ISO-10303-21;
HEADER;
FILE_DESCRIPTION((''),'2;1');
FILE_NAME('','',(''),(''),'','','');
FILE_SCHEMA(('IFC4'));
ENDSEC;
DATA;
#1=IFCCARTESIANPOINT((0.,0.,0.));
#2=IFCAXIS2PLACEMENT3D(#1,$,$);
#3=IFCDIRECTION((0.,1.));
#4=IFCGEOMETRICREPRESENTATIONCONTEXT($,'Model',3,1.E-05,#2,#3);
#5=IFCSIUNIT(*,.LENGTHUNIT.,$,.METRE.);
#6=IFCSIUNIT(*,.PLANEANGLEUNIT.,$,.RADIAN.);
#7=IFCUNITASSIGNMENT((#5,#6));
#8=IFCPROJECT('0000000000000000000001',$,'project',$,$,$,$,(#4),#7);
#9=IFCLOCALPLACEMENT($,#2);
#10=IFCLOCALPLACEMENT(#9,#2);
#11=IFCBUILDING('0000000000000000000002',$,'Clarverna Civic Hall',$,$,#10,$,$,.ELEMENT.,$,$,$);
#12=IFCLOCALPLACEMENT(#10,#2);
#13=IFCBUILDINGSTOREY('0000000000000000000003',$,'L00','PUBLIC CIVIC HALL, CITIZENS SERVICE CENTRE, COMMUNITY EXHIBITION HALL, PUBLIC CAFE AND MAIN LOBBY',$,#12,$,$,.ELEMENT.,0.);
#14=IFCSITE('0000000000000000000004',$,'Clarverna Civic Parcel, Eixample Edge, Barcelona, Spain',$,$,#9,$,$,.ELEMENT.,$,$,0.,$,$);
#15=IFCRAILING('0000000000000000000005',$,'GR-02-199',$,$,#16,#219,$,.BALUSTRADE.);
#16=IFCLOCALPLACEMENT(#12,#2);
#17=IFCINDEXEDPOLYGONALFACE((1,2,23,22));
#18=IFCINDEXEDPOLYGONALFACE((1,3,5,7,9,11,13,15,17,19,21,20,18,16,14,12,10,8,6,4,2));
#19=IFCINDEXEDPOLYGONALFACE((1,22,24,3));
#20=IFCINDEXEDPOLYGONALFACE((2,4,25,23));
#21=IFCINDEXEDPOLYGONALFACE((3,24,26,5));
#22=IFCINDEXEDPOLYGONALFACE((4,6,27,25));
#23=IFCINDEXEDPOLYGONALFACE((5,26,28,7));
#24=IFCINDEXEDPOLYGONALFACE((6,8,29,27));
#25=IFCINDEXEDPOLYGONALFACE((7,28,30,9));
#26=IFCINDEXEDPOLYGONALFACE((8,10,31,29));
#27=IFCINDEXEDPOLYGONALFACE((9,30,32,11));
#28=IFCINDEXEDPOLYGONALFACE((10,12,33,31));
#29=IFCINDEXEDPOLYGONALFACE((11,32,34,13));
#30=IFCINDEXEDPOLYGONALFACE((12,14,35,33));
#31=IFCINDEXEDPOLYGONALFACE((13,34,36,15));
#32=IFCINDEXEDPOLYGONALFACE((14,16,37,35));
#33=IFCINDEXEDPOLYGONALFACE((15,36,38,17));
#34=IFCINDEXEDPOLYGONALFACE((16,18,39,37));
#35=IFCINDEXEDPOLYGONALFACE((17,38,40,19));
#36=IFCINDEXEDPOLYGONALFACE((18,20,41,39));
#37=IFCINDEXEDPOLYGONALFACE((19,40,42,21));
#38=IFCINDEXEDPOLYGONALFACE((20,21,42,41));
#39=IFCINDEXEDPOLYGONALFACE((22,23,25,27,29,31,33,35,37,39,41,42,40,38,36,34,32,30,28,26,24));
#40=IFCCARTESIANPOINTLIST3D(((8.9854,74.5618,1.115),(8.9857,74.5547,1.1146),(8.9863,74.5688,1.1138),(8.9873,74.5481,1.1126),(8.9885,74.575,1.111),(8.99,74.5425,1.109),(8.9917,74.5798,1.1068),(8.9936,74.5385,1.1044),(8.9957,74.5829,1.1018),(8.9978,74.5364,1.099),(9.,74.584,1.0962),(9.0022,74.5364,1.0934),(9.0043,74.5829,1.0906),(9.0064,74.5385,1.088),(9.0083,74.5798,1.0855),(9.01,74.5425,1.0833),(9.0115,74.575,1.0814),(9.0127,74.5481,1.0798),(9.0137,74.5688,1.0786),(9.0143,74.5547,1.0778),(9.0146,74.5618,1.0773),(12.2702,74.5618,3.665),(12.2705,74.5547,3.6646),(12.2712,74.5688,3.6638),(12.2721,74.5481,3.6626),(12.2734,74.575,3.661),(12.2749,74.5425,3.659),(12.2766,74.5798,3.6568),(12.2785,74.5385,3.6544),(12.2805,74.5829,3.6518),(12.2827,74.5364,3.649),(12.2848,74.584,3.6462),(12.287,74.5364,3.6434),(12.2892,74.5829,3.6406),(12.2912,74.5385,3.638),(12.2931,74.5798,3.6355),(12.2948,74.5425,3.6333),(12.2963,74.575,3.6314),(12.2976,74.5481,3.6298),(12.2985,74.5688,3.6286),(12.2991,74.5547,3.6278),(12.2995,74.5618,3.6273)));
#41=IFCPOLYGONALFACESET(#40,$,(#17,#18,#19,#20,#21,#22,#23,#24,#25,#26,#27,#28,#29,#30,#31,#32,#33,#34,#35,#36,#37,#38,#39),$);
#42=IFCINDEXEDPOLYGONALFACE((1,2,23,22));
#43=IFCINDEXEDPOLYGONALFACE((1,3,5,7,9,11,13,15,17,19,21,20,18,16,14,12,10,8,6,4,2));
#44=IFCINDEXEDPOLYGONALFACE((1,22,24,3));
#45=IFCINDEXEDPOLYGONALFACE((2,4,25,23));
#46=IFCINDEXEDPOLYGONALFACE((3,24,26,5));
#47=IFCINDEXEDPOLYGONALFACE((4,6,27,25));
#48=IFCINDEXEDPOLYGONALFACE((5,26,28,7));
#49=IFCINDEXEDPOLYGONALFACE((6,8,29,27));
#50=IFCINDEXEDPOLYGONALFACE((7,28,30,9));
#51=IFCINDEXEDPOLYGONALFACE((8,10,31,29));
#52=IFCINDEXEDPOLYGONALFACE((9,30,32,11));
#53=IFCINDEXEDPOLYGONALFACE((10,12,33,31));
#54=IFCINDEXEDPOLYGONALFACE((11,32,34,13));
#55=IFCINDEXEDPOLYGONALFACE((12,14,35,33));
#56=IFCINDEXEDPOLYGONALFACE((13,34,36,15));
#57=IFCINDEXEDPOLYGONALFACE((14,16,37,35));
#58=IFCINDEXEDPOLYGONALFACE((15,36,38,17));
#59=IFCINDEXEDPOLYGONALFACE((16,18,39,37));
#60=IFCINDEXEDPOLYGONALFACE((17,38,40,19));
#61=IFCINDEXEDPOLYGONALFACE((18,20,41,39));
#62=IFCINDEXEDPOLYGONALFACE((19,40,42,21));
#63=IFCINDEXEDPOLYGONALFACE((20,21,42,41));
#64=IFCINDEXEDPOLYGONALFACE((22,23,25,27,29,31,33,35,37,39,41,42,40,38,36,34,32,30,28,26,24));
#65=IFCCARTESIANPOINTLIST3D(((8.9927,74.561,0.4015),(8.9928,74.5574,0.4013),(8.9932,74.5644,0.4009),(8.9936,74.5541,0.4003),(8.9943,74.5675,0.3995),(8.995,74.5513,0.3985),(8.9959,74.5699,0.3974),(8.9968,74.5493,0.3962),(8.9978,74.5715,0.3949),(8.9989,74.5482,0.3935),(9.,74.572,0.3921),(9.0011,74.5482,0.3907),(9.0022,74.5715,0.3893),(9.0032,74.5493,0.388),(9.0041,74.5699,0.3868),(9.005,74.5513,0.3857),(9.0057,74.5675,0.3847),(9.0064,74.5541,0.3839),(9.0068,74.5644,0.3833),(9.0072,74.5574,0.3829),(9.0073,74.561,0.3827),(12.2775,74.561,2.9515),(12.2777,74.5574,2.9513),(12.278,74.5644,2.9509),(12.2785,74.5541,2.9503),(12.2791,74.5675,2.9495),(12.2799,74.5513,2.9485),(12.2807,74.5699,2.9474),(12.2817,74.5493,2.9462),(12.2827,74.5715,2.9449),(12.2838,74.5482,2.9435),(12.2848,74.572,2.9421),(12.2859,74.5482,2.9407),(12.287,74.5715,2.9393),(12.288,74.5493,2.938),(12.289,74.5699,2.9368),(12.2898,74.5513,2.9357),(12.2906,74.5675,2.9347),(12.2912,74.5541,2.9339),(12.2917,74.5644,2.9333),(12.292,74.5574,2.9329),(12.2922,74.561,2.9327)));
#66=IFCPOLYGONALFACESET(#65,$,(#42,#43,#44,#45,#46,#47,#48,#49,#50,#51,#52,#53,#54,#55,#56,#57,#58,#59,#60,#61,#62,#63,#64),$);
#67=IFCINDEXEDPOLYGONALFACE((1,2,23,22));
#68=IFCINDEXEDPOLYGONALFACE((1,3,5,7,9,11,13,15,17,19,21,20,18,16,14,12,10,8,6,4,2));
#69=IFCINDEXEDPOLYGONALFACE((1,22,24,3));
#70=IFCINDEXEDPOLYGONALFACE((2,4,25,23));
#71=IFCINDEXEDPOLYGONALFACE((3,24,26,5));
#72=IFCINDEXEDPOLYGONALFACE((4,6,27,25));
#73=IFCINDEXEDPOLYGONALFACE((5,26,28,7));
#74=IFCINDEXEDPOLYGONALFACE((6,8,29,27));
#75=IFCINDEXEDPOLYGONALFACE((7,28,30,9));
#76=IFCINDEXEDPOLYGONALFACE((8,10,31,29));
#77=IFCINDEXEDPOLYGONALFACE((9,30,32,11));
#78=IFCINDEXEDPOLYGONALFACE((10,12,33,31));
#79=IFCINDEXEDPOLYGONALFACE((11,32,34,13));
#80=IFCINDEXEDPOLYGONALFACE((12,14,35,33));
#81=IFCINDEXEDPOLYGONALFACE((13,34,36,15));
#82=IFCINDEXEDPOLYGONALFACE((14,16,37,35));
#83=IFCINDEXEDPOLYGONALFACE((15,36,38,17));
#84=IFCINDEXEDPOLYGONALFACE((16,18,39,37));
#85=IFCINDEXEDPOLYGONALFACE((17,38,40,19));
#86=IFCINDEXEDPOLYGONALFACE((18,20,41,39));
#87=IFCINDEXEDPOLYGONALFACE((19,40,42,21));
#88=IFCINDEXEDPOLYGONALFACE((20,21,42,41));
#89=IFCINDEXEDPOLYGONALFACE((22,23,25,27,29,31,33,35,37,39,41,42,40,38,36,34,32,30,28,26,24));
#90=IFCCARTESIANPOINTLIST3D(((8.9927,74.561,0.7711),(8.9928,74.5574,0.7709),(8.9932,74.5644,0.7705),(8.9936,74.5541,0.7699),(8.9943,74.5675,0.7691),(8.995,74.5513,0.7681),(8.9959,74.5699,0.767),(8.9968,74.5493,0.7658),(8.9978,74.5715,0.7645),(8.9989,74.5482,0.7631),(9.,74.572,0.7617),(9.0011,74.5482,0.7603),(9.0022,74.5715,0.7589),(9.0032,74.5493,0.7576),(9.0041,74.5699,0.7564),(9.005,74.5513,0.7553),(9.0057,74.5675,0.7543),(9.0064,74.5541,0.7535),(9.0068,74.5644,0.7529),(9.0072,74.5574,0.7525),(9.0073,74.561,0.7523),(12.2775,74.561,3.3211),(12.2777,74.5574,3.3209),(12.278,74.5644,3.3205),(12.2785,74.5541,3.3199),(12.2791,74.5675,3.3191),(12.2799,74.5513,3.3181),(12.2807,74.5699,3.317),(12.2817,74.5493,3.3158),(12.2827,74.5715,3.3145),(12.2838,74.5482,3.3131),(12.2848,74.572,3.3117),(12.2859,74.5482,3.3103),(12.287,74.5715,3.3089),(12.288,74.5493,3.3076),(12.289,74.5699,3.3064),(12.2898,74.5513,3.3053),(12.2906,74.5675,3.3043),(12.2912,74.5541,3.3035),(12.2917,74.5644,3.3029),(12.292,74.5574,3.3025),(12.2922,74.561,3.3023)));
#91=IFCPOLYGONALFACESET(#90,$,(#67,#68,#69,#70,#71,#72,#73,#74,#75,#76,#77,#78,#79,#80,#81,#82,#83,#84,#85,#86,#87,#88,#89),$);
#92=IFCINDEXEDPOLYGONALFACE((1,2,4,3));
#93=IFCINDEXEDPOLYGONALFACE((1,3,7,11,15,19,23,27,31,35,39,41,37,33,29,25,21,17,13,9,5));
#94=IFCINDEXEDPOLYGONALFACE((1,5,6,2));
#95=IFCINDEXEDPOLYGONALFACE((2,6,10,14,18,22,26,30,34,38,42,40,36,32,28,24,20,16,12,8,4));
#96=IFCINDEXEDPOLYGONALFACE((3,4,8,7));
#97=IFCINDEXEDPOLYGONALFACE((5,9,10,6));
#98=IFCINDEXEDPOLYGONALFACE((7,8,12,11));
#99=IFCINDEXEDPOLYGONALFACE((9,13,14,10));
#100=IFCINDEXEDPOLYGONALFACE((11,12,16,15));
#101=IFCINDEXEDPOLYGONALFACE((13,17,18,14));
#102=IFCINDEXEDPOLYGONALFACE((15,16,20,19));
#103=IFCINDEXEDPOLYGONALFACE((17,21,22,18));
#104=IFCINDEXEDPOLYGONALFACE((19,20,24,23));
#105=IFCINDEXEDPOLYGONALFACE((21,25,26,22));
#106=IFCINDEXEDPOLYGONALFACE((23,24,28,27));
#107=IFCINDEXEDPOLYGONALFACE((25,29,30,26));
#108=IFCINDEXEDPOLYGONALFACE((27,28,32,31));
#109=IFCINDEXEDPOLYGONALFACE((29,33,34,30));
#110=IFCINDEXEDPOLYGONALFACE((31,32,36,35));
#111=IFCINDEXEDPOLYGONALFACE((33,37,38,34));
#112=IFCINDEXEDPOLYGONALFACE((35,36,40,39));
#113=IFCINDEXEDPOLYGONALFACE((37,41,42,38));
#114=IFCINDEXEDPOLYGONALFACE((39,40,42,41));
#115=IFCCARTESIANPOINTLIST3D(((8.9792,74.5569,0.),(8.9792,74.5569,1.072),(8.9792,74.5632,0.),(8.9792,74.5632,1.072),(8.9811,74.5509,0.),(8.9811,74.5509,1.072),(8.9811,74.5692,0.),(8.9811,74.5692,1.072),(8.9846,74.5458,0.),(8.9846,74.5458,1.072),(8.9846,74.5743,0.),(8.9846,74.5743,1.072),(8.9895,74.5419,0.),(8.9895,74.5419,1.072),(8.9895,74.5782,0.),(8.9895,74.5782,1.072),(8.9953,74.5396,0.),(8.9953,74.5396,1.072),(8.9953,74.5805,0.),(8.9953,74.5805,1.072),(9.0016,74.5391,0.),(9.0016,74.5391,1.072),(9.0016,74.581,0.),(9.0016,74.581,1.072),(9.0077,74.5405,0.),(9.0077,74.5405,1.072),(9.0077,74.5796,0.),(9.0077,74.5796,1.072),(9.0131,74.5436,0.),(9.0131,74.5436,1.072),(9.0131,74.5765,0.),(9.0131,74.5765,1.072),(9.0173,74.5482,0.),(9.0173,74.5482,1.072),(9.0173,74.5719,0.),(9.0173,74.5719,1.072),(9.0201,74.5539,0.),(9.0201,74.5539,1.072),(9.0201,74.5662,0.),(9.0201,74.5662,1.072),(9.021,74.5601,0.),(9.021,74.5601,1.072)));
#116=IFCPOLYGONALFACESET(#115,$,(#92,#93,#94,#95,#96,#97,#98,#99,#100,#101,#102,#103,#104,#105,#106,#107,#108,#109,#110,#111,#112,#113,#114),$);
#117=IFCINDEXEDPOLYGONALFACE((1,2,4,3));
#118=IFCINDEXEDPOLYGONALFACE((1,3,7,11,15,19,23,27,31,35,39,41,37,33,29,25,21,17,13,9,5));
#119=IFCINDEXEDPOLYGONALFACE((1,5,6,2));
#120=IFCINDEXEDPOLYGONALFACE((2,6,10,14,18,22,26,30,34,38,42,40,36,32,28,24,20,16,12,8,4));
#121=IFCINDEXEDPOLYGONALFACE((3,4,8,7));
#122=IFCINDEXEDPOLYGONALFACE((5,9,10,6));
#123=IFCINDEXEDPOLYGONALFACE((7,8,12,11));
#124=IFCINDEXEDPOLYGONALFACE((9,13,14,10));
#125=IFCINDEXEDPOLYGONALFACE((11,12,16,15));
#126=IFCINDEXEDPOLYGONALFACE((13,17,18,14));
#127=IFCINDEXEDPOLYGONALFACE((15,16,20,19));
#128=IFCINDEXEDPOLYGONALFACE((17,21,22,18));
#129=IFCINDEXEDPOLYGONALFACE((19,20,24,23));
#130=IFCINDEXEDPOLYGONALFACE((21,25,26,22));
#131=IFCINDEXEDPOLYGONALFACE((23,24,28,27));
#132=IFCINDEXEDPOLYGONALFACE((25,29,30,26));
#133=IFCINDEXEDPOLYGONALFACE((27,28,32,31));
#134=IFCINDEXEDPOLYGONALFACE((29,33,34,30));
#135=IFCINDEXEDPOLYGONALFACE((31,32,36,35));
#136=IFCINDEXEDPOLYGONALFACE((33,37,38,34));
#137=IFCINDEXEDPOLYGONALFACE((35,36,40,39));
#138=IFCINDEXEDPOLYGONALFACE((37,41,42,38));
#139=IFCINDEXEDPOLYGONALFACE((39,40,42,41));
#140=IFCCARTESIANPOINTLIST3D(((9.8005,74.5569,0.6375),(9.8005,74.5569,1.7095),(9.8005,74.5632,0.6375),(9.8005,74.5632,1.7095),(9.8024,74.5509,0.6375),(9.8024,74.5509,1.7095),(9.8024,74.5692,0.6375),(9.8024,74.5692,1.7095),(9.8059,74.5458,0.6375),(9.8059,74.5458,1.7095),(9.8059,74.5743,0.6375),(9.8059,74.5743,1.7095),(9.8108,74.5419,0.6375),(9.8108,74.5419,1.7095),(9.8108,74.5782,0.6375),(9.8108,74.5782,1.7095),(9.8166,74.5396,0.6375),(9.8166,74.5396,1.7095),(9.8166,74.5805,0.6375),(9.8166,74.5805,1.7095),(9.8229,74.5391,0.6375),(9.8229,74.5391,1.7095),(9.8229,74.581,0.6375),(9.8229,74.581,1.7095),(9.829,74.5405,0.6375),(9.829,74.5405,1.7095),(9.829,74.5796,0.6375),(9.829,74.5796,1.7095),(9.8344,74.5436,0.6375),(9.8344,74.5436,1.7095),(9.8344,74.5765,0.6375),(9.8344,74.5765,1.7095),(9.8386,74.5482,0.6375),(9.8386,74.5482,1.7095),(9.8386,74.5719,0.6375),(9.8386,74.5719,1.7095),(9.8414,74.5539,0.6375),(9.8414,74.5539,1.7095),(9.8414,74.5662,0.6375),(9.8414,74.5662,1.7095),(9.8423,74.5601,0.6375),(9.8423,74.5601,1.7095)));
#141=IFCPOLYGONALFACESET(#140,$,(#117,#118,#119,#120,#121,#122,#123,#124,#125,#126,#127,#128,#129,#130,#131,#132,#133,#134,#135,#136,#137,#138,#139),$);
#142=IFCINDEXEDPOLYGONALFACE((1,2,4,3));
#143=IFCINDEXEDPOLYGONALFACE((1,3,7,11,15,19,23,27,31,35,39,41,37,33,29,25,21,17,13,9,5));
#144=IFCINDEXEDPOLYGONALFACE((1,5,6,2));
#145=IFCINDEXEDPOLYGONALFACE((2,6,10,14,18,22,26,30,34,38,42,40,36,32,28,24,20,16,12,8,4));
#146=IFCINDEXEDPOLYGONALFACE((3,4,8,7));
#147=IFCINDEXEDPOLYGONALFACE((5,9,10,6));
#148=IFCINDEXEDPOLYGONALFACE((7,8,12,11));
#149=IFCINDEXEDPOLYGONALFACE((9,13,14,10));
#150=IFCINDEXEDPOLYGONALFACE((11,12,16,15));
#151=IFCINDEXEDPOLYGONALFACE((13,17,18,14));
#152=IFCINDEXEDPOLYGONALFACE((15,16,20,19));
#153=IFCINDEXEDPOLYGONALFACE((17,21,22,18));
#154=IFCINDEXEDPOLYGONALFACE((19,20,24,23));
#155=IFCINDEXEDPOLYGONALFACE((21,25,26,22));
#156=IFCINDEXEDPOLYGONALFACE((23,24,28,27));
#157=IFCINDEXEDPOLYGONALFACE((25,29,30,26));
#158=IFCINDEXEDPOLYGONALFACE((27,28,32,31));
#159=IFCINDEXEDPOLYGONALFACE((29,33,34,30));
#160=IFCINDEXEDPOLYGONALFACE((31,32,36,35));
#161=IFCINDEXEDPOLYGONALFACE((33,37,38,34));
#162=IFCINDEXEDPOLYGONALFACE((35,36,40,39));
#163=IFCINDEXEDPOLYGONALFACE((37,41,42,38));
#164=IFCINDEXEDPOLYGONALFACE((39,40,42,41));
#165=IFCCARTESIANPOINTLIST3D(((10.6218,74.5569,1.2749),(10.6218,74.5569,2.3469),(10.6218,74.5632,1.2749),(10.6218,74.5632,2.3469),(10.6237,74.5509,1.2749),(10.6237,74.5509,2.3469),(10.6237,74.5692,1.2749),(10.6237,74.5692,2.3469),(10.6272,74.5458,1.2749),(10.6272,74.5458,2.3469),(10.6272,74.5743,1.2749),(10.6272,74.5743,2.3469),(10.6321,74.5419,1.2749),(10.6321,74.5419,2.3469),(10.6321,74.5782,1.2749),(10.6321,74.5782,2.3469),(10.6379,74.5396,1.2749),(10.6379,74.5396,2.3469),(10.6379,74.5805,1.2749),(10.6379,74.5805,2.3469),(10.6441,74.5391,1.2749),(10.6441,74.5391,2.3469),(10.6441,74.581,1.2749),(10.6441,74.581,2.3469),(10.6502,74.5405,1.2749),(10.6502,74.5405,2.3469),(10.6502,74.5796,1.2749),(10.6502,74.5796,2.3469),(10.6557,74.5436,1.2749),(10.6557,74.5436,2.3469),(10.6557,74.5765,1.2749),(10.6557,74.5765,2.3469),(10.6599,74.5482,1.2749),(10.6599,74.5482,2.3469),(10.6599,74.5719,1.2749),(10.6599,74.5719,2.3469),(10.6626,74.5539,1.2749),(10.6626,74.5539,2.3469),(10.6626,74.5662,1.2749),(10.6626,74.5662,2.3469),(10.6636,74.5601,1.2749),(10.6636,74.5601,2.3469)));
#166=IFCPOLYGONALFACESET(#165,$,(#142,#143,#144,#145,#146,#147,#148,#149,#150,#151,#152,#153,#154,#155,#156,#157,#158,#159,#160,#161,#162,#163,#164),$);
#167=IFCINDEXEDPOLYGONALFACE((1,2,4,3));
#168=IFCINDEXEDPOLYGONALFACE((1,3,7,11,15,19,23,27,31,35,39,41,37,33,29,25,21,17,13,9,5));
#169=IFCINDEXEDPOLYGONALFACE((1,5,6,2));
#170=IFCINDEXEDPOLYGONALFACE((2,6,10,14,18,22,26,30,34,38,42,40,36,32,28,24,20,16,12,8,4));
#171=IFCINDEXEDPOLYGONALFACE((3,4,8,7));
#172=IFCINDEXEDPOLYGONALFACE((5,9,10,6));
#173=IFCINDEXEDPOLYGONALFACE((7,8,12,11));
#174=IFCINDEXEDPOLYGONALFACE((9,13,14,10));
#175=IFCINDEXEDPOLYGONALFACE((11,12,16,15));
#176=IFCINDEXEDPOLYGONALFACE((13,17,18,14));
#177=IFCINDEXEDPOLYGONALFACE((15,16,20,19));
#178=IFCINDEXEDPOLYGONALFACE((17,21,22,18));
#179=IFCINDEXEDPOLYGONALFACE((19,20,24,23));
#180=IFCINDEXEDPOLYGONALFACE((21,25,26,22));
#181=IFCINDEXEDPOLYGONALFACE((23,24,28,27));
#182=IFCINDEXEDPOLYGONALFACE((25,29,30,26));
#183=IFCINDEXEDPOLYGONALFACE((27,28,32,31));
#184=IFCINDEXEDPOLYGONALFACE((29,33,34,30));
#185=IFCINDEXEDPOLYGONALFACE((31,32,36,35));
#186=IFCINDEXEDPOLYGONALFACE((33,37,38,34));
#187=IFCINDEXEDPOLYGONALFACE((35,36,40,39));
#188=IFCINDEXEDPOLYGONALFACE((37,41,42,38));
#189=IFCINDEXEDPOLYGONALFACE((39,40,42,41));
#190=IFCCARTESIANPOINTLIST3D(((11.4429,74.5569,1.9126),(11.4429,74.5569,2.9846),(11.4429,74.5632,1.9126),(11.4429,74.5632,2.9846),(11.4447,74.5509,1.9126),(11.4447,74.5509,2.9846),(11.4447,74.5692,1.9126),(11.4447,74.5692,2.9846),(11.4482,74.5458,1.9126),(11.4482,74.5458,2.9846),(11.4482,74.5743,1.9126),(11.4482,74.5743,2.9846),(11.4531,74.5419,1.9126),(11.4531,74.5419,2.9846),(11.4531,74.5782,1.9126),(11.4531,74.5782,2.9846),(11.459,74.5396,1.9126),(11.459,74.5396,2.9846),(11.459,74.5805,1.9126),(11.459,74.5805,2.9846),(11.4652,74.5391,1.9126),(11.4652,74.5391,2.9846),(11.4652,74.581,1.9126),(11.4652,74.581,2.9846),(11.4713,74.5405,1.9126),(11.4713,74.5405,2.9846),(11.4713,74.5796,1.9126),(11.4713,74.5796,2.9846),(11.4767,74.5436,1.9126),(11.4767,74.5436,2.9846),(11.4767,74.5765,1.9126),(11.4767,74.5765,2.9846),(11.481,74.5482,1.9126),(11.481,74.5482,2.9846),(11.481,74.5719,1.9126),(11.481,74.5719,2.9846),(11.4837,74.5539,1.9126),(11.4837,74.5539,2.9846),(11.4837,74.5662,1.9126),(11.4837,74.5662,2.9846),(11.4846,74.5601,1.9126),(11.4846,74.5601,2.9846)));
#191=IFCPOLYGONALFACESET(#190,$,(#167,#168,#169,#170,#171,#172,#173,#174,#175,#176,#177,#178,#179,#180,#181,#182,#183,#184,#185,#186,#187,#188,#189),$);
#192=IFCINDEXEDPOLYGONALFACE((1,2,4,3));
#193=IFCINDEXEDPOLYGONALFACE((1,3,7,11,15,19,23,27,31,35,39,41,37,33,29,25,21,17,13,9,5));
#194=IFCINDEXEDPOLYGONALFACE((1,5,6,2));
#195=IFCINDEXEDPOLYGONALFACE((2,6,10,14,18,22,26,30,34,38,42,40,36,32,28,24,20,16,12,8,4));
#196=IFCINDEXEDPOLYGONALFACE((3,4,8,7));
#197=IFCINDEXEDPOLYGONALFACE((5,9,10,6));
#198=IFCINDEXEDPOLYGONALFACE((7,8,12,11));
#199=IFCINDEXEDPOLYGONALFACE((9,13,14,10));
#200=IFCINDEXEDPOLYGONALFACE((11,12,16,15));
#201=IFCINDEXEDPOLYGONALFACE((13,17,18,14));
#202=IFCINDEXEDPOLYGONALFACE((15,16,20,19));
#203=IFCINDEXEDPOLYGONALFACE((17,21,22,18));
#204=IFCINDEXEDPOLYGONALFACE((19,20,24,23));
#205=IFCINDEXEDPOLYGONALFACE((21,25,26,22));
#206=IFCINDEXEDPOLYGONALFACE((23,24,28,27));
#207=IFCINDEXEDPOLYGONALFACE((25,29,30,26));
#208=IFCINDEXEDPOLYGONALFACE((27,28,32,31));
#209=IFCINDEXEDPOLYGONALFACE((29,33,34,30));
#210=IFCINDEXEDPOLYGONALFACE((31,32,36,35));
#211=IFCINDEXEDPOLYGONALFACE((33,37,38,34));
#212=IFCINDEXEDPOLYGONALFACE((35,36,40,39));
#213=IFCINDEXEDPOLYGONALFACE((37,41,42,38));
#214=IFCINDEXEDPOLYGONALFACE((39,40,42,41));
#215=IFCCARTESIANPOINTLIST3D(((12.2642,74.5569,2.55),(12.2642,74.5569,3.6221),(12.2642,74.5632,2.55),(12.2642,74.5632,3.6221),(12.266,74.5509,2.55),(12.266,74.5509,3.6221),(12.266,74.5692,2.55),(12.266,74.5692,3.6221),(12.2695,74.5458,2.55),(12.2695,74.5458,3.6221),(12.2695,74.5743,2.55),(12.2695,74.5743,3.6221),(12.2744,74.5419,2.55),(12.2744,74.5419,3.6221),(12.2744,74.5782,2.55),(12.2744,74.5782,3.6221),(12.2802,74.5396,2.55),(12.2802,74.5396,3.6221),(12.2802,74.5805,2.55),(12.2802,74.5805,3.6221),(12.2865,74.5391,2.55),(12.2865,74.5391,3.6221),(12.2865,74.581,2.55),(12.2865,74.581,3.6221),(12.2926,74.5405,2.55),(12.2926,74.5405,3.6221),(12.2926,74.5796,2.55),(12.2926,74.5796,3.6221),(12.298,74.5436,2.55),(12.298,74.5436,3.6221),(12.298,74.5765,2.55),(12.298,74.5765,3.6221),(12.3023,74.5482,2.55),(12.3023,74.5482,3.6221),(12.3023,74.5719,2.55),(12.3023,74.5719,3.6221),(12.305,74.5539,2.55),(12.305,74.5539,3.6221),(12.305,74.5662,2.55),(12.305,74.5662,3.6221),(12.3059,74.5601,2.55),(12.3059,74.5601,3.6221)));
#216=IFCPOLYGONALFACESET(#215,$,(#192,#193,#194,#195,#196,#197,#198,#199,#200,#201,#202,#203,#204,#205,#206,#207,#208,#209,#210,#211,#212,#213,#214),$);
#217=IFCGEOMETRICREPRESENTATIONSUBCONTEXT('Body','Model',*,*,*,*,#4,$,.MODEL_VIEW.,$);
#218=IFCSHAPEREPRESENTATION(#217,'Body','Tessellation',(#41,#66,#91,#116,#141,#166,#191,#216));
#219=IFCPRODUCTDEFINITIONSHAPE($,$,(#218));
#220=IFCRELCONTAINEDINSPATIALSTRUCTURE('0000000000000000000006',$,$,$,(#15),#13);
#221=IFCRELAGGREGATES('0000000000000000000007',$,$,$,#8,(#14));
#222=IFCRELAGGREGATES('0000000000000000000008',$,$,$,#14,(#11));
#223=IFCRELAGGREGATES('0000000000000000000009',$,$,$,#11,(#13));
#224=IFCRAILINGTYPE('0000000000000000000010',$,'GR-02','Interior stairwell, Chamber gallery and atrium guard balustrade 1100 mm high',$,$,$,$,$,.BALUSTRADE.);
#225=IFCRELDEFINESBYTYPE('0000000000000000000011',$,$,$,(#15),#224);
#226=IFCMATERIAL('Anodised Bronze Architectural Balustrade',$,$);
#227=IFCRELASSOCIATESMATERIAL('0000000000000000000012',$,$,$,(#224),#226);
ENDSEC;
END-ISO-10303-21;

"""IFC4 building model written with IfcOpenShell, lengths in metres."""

from ifc_helpers import new_model, si_unit, direction, frame, origin, origin_2d, place, context, subcontext, project, spatial, circle, extrude, material, type_object, element, save


model = new_model("IFC4")

# Units and contexts
model_context = context("Model", 3, precision=1e-05, world=origin(), true_north=direction((0.0, 1.0)))
body_context = subcontext(model_context, "Body", "Model", "MODEL_VIEW")
ifc_project = project(units=[si_unit("LENGTHUNIT", "METRE"), si_unit("PLANEANGLEUNIT", "RADIAN")], contexts=[model_context])

# Site, building, storey
site_placement = place(None, origin())
site = spatial("IfcSite", under=ifc_project, at=site_placement, Name="Clarverna Civic Parcel, Eixample Edge, Barcelona, Spain", CompositionType="ELEMENT", RefElevation=0.0)
building_placement = place(site_placement, origin())
building = spatial("IfcBuilding", under=site, at=building_placement, Name="Clarverna Civic Hall", CompositionType="ELEMENT")
storey_placement = place(building_placement, origin())
storey = spatial("IfcBuildingStorey", under=building, at=storey_placement, Name="L00", Description="PUBLIC CIVIC HALL, CITIZENS SERVICE CENTRE, COMMUNITY EXHIBITION HALL, PUBLIC CAFE AND MAIN LOBBY", CompositionType="ELEMENT", Elevation=0.0)

# Railing
ifc_material_1 = material(Name="Anodised Bronze Architectural Balustrade")
railing_type_1 = type_object("IfcRailingType", Name="GR-02", Description="Interior stairwell, Chamber gallery and atrium guard balustrade 1100 mm high", PredefinedType="BALUSTRADE", material=ifc_material_1)
railing_1_placement = place(storey_placement, frame((9.0, 74.5601, 0.0)))
element("IfcRailing", 1, at=railing_1_placement, inside=storey, type_object=railing_type_1, Name="GR-02-199", PredefinedType="BALUSTRADE", context=body_context, shape_type="SweptSolid", body=[
    extrude(circle(Radius=0.0239, at=origin_2d()), frame((0.0, 0.0, 1.0962), z_axis=(0.789921, 0.0, 0.613209), x_axis=(0.0, 1.0, 0.0)), (0.0, 0.0, 1.0), 4.1584),
    extrude(circle(Radius=0.012, at=origin_2d()), frame((0.0, 0.0, 0.3921), z_axis=(0.789921, 0.0, 0.613209), x_axis=(0.0, 1.0, 0.0)), (0.0, 0.0, 1.0), 4.1584),
    extrude(circle(Radius=0.012, at=origin_2d()), frame((0.0, 0.0, 0.7617), z_axis=(0.789921, 0.0, 0.613209), x_axis=(0.0, 1.0, 0.0)), (0.0, 0.0, 1.0), 4.1584),
    extrude(circle(Radius=0.021, at=origin_2d()), origin(), (0.0, 0.0, 1.0), 1.072),
    extrude(circle(Radius=0.021, at=origin_2d()), frame((0.8213, 0.0, 0.6375)), (0.0, 0.0, 1.0), 1.072),
    extrude(circle(Radius=0.021, at=origin_2d()), frame((1.6426, 0.0, 1.2749)), (0.0, 0.0, 1.0), 1.072),
    extrude(circle(Radius=0.021, at=origin_2d()), frame((2.4636, 0.0, 1.9126)), (0.0, 0.0, 1.0), 1.072),
    extrude(circle(Radius=0.021, at=origin_2d()), frame((3.2849, 0.0, 2.55)), (0.0, 0.0, 1.0), 1.072),
])

save(model, "model.ifc")
